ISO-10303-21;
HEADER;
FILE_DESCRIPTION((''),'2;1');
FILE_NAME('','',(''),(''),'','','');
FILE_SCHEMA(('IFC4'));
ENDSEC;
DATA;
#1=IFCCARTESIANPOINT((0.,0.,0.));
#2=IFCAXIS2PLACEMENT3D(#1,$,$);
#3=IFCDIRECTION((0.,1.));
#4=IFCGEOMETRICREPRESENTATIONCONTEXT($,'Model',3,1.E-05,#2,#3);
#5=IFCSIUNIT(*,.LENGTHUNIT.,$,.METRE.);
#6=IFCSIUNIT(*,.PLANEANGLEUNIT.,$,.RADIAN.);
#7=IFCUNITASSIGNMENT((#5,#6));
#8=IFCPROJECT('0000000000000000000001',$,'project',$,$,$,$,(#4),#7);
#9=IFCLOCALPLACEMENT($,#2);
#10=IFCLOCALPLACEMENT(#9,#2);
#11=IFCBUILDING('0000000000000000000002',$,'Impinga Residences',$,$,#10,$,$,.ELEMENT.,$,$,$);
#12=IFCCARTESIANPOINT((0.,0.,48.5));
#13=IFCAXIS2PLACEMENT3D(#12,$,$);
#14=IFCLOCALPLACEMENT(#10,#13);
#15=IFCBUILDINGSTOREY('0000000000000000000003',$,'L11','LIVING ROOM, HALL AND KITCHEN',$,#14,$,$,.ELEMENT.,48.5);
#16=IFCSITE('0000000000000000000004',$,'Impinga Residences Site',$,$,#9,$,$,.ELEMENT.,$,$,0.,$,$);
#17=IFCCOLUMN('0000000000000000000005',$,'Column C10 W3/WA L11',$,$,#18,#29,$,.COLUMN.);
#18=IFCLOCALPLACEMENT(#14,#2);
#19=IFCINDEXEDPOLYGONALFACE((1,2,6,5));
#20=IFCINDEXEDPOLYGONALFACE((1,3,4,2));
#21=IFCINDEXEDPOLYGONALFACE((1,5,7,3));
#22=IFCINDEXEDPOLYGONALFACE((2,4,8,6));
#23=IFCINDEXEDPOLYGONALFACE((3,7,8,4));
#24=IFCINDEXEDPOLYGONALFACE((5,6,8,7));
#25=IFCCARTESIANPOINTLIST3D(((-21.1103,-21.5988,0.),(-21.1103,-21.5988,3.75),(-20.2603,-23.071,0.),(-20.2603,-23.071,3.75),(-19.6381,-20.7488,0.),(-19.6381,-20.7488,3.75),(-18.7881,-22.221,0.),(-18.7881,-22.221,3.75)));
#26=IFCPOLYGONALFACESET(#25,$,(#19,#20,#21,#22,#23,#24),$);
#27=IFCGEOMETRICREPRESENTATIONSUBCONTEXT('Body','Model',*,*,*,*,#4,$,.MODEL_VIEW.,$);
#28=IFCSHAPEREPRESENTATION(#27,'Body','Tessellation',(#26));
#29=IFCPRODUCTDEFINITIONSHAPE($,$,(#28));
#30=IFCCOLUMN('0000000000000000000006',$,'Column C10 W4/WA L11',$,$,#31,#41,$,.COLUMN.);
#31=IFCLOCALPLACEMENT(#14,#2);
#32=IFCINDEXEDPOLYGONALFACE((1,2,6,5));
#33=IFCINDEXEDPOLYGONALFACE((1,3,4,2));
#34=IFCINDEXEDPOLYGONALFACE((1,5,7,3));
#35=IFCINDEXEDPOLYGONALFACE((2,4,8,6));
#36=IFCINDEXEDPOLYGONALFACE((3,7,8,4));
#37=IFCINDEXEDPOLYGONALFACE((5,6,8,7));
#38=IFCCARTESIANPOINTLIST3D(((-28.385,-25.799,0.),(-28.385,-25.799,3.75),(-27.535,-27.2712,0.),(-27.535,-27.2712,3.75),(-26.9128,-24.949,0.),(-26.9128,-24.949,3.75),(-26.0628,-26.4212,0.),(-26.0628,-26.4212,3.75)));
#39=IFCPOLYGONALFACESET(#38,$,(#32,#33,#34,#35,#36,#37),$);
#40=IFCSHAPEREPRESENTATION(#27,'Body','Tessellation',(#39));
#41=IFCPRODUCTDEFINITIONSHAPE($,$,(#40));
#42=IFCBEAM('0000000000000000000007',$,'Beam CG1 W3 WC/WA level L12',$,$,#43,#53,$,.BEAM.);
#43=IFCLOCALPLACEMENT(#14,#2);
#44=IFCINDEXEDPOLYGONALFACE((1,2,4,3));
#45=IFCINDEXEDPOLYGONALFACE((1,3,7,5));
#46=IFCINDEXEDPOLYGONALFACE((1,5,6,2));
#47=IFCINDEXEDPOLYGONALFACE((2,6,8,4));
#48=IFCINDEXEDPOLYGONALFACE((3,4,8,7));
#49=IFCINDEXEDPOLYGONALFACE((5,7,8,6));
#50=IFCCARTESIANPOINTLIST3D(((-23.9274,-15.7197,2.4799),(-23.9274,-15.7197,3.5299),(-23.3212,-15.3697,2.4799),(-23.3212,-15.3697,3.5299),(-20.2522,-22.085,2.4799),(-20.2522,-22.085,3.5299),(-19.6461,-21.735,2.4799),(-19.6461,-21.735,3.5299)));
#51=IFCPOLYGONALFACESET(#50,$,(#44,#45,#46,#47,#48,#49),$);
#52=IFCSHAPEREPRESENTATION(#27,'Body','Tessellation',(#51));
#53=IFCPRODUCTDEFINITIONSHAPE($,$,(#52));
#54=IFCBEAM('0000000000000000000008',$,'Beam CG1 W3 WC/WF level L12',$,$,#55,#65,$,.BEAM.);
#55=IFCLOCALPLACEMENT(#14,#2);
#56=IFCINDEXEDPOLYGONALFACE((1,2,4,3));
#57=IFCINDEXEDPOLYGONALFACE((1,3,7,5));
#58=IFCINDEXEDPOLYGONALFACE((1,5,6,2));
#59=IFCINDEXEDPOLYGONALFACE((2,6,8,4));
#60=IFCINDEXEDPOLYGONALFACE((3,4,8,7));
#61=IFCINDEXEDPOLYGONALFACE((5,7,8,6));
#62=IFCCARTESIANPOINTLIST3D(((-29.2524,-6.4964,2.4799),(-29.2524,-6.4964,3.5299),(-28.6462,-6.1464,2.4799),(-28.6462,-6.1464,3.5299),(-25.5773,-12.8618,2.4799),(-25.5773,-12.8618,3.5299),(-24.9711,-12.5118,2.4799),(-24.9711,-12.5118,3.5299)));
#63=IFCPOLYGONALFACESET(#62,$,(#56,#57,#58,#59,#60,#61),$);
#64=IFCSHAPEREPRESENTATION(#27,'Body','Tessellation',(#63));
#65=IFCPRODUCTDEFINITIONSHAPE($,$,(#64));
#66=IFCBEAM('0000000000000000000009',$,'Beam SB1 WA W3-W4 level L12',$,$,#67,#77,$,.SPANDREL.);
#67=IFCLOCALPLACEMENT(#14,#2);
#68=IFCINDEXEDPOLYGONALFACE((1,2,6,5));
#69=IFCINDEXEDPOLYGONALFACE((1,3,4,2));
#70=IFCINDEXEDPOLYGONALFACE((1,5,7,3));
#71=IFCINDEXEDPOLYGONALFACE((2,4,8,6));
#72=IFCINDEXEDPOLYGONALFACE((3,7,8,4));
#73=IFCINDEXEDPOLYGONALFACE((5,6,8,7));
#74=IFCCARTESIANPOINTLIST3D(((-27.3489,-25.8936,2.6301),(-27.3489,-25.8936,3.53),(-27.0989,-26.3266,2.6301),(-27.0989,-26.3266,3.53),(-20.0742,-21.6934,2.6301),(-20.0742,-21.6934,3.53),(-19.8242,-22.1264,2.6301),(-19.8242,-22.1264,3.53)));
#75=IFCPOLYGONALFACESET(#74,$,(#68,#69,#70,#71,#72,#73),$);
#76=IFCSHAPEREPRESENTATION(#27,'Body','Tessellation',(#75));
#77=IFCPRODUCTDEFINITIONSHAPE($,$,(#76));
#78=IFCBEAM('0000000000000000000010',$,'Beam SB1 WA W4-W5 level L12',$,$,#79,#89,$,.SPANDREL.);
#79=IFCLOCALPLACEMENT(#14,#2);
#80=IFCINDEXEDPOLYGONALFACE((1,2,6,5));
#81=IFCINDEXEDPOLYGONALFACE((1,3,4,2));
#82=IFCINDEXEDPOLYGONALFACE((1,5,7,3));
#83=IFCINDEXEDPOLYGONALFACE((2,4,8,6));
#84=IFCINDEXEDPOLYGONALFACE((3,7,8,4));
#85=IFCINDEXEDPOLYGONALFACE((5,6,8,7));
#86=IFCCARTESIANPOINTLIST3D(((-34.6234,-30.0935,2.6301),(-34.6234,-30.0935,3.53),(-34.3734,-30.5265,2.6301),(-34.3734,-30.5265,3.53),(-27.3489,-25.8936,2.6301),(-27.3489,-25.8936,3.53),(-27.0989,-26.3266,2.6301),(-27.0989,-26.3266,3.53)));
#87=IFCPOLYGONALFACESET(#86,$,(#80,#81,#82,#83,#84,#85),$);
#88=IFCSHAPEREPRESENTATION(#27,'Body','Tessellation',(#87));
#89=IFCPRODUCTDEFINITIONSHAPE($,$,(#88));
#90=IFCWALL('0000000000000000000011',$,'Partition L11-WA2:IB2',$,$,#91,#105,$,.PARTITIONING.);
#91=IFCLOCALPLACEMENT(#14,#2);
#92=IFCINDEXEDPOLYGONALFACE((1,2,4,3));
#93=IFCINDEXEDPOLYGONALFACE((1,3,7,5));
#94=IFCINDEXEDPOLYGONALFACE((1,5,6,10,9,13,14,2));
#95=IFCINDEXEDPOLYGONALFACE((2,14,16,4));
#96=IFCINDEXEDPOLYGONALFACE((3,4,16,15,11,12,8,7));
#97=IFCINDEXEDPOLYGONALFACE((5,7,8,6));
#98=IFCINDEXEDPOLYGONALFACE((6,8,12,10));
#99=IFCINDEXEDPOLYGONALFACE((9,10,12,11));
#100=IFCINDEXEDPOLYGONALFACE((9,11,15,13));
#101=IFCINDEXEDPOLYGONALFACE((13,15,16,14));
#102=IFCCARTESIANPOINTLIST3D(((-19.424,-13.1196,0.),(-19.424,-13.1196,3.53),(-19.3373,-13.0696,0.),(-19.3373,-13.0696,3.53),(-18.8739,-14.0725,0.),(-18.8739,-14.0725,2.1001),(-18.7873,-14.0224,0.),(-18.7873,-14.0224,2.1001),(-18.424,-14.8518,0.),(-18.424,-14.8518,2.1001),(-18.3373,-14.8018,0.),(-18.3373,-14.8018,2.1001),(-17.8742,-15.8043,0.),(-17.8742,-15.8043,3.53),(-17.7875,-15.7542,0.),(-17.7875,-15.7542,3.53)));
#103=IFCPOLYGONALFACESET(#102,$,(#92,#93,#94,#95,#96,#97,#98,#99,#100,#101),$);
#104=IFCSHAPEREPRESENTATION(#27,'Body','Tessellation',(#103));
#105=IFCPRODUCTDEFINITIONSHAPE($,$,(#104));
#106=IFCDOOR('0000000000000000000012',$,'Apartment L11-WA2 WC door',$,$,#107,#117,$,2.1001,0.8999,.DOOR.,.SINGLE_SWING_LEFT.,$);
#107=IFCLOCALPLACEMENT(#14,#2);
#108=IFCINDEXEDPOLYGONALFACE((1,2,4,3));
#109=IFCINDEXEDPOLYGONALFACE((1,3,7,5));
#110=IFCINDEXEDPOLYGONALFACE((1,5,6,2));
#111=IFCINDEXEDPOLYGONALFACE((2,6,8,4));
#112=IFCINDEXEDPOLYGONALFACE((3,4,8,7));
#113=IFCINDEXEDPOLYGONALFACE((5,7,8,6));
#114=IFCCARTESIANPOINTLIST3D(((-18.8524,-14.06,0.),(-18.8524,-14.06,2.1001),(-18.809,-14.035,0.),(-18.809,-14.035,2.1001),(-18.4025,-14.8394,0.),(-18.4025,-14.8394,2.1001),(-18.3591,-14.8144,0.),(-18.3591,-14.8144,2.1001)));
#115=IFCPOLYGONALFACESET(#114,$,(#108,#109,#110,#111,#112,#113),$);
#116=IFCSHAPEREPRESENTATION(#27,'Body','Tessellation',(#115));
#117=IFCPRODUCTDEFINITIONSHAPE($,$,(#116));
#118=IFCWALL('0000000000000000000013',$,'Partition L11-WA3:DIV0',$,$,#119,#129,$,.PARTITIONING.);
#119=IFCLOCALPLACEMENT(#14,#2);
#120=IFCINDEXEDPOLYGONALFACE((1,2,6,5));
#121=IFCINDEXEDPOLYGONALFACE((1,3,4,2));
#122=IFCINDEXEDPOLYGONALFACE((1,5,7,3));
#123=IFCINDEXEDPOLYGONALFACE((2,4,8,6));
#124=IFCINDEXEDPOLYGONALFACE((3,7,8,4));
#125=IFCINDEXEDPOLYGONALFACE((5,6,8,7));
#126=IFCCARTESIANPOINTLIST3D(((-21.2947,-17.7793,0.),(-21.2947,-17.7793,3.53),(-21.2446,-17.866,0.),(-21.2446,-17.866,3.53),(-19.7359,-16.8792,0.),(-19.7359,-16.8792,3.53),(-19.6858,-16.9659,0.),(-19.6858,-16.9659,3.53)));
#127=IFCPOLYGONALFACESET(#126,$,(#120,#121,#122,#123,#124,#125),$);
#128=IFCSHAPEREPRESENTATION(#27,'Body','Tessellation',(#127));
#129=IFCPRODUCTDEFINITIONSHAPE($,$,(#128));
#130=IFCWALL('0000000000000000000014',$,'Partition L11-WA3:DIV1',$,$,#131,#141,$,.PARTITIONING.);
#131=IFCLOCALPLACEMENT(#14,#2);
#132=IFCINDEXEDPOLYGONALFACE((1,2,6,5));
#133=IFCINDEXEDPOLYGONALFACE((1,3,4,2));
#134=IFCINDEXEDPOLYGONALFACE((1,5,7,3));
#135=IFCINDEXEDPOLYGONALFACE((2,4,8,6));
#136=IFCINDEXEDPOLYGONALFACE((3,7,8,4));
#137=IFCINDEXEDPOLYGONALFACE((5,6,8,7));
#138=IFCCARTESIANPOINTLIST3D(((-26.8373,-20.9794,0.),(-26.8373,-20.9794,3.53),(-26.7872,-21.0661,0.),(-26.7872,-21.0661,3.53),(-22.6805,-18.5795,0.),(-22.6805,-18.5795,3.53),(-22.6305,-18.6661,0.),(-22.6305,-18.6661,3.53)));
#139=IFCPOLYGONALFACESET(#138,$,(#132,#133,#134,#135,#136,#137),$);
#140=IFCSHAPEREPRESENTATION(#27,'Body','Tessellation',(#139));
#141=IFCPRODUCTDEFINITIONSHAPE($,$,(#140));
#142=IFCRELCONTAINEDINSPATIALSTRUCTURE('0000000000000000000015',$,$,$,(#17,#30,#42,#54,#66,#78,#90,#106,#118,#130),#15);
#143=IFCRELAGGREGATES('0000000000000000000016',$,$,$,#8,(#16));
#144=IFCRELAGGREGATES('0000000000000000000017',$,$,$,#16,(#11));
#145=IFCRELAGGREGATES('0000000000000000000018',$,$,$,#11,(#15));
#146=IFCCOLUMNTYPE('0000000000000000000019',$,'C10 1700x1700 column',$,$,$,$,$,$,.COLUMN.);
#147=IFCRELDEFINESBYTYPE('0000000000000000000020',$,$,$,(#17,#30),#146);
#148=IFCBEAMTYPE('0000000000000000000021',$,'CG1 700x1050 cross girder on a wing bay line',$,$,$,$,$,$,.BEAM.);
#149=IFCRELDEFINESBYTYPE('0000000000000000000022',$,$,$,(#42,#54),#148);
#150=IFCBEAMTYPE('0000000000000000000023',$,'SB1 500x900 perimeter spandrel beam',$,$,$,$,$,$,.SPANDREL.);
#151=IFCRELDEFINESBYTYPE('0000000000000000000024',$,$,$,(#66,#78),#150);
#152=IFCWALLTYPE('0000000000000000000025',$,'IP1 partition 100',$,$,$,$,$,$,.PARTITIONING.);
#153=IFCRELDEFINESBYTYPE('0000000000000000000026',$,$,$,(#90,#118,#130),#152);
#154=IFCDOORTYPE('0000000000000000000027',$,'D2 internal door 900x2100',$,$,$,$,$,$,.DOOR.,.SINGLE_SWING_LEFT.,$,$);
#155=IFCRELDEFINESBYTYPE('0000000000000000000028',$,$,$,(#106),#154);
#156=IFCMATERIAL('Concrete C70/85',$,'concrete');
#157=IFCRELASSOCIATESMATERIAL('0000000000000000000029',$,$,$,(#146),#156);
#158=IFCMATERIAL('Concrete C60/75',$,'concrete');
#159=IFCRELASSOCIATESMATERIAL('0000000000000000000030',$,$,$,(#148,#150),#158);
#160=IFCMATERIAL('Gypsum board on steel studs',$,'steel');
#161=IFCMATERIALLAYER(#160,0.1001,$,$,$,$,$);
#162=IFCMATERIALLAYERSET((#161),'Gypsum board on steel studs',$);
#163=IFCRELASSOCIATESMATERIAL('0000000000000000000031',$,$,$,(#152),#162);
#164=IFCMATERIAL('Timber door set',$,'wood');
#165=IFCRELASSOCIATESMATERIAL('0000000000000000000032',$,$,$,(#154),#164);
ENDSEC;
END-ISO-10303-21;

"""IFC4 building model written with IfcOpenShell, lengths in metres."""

from ifc_helpers import new_model, si_unit, direction, frame, frame_2d, origin, origin_2d, place, context, subcontext, project, spatial, rectangle, extrude, material, layer, layer_set, material_profile, profile_set, type_object, element, fill, save


model = new_model("IFC4")

# Units and contexts
model_context = context("Model", 3, precision=1e-05, world=origin(), true_north=direction((0.0, 1.0)))
body_context = subcontext(model_context, "Body", "Model", "MODEL_VIEW")
ifc_project = project(units=[si_unit("LENGTHUNIT", "METRE"), si_unit("PLANEANGLEUNIT", "RADIAN")], contexts=[model_context])

# Site, building, storey
site_placement = place(None, origin())
site = spatial("IfcSite", under=ifc_project, at=site_placement, Name="Impinga Residences Site", CompositionType="ELEMENT", RefElevation=0.0)
building_placement = place(site_placement, origin())
building = spatial("IfcBuilding", under=site, at=building_placement, Name="Impinga Residences", CompositionType="ELEMENT")
storey_placement = place(building_placement, frame((0.0, 0.0, 48.5)))
storey = spatial("IfcBuildingStorey", under=building, at=storey_placement, Name="L11", Description="LIVING ROOM, HALL AND KITCHEN", CompositionType="ELEMENT", Elevation=48.5)

# Columns
ifc_material_1 = material(Name="Concrete C70/85", Category="concrete")
ifc_material_profile_1 = material_profile(ifc_material_1, rectangle(XDim=1.7, YDim=1.7, at=origin_2d()), Name="RC 1700x1700")
ifc_profile_set_1 = profile_set([ifc_material_profile_1], Name="Concrete C70/85")
column_type = type_object("IfcColumnType", Name="C10 1700x1700 column", PredefinedType="COLUMN", material=ifc_profile_set_1)
for number, where, z_axis, x_axis, name in (
    (1, (-19.9492, -21.9099, 0.0), (0.0, 0.0, 1.0), (-0.5, 0.866025, 0.0), "Column C10 W3/WA L11"),
    (2, (-27.2239, -26.1101, 0.0), (0.0, 0.0, 1.0), (-0.5, 0.866025, 0.0), "Column C10 W4/WA L11"),
):
    element("IfcColumn", number, at=place(storey_placement, frame(where, z_axis=z_axis, x_axis=x_axis)), inside=storey, type_object=column_type, Name=name, PredefinedType="COLUMN", context=body_context, shape_type="SweptSolid", body=[
        extrude(rectangle(XDim=1.7, YDim=1.7, at=origin_2d()), origin(), (0.0, 0.0, 1.0), 3.75),
    ])

# Beams
ifc_material_2 = material(Name="Concrete C60/75", Category="concrete")
ifc_material_profile_2 = material_profile(ifc_material_2, rectangle(XDim=0.7, YDim=1.05, at=origin_2d()), Name="RC 700x1050")
ifc_profile_set_2 = profile_set([ifc_material_profile_2], Name="Concrete C60/75")
beam_type_1 = type_object("IfcBeamType", Name="CG1 700x1050 cross girder on a wing bay line", PredefinedType="BEAM", material=ifc_profile_set_2)
for number, where, z_axis, x_axis, name in (
    (3, (-23.6243, -15.5447, 3.0049), (0.500008, -0.866021, 0.0), (0.866021, 0.500008, 0.0), "Beam CG1 W3 WC/WA level L12"),
    (4, (-25.2742, -12.6868, 3.0049), (-0.500008, 0.866021, 0.0), (-0.866021, -0.500008, 0.0), "Beam CG1 W3 WC/WF level L12"),
):
    element("IfcBeam", number, at=place(storey_placement, frame(where, z_axis=z_axis, x_axis=x_axis)), inside=storey, type_object=beam_type_1, Name=name, PredefinedType="BEAM", context=body_context, shape_type="SweptSolid", body=[
        extrude(rectangle(XDim=0.7, YDim=1.05, at=origin_2d()), origin(), (0.0, 0.0, 1.0), 7.3501),
    ])
ifc_material_profile_3 = material_profile(ifc_material_2, rectangle(XDim=0.5, YDim=0.8999, at=origin_2d()), Name="RC 500x900")
ifc_profile_set_3 = profile_set([ifc_material_profile_3], Name="Concrete C60/75")
beam_type_2 = type_object("IfcBeamType", Name="SB1 500x900 perimeter spandrel beam", PredefinedType="SPANDREL", material=ifc_profile_set_3)
beam_1_placement = place(storey_placement, frame((-19.9492, -21.9099, 3.0801), z_axis=(-0.866017, -0.500015, 0.0), x_axis=(0.500015, -0.866017, 0.0)))
element("IfcBeam", 5, at=beam_1_placement, inside=storey, type_object=beam_type_2, Name="Beam SB1 WA W3-W4 level L12", PredefinedType="SPANDREL", context=body_context, shape_type="SweptSolid", body=[
    extrude(rectangle(XDim=0.5, YDim=0.8999, at=origin_2d()), origin(), (0.0, 0.0, 1.0), 8.4001),
])
beam_2_placement = place(storey_placement, frame((-27.2239, -26.1101, 3.0801), z_axis=(-0.866029, -0.499993, 0.0), x_axis=(0.499993, -0.866029, 0.0)))
element("IfcBeam", 6, at=beam_2_placement, inside=storey, type_object=beam_type_2, Name="Beam SB1 WA W4-W5 level L12", PredefinedType="SPANDREL", context=body_context, shape_type="SweptSolid", body=[
    extrude(rectangle(XDim=0.5, YDim=0.8999, at=origin_2d()), origin(), (0.0, 0.0, 1.0), 8.3999),
])

# Wall, opening, door
ifc_material_3 = material(Name="Gypsum board on steel studs", Category="steel")
ifc_layer_1 = layer(ifc_material_3, 0.1001)
ifc_layer_set_1 = layer_set([ifc_layer_1], Name="Gypsum board on steel studs")
wall_type_1 = type_object("IfcWallType", Name="IP1 partition 100", PredefinedType="PARTITIONING", material=ifc_layer_set_1)
wall_1_placement = place(storey_placement, frame((-19.3806, -13.0947, 0.0), z_axis=(0.0, 0.0, 1.0), x_axis=(0.499968, -0.866044, 0.0)))
wall_1 = element("IfcWall", 7, at=wall_1_placement, inside=storey, type_object=wall_type_1, Name="Partition L11-WA2:IB2", PredefinedType="PARTITIONING", context=body_context, shape_type="SweptSolid", body=[
    extrude(rectangle(XDim=3.0999, YDim=0.1001, at=frame_2d((1.5498, 0.0))), origin(), (0.0, 0.0, 1.0), 3.53),
])
opening_1_placement = place(wall_1_placement, frame((1.1001, 0.0, 0.0)))
opening_1 = element("IfcOpeningElement", 8, at=opening_1_placement, cuts=wall_1, PredefinedType="OPENING", context=body_context, shape_type="SweptSolid", body=[
    extrude(rectangle(XDim=0.8999, YDim=2.1001, at=frame_2d((0.45, 1.05))), frame((0.0, 0.0601, 0.0), z_axis=(0.0, -1.0, 0.0), x_axis=(1.0, 0.0, 0.0)), (0.0, 0.0, 1.0), 0.1201),
])
ifc_material_4 = material(Name="Timber door set", Category="wood")
door_type = type_object("IfcDoorType", Name="D2 internal door 900x2100", OperationType="SINGLE_SWING_LEFT", PredefinedType="DOOR", material=ifc_material_4)
door_1_placement = place(opening_1_placement, origin())
door_1 = element("IfcDoor", 9, at=door_1_placement, inside=storey, type_object=door_type, Name="Apartment L11-WA2 WC door", OperationType="SINGLE_SWING_LEFT", OverallHeight=2.1001, OverallWidth=0.8999, PredefinedType="DOOR", context=body_context, shape_type="SweptSolid", body=[
    extrude(rectangle(XDim=0.8999, YDim=2.1001, at=frame_2d((0.45, 1.05))), frame((0.0, 0.0249, 0.0), z_axis=(0.0, -1.0, 0.0), x_axis=(1.0, 0.0, 0.0)), (0.0, 0.0, 1.0), 0.05),
])
fill(opening_1, door_1)

# Walls
wall_2_placement = place(storey_placement, frame((-19.7109, -16.9226, 0.0), z_axis=(0.0, 0.0, 1.0), x_axis=(-0.865989, -0.500063, 0.0)))
element("IfcWall", 10, at=wall_2_placement, inside=storey, type_object=wall_type_1, Name="Partition L11-WA3:DIV0", PredefinedType="PARTITIONING", context=body_context, shape_type="SweptSolid", body=[
    extrude(rectangle(XDim=1.8, YDim=0.1001, at=frame_2d((0.8999, 0.0))), origin(), (0.0, 0.0, 1.0), 3.53),
])
wall_3_placement = place(storey_placement, frame((-22.6555, -18.6228, 0.0), z_axis=(0.0, 0.0, 1.0), x_axis=(-0.866025, -0.500001, 0.0)))
element("IfcWall", 11, at=wall_3_placement, inside=storey, type_object=wall_type_1, Name="Partition L11-WA3:DIV1", PredefinedType="PARTITIONING", context=body_context, shape_type="SweptSolid", body=[
    extrude(rectangle(XDim=4.7998, YDim=0.1001, at=frame_2d((2.3999, 0.0))), origin(), (0.0, 0.0, 1.0), 3.53),
])

save(model, "model.ifc")
